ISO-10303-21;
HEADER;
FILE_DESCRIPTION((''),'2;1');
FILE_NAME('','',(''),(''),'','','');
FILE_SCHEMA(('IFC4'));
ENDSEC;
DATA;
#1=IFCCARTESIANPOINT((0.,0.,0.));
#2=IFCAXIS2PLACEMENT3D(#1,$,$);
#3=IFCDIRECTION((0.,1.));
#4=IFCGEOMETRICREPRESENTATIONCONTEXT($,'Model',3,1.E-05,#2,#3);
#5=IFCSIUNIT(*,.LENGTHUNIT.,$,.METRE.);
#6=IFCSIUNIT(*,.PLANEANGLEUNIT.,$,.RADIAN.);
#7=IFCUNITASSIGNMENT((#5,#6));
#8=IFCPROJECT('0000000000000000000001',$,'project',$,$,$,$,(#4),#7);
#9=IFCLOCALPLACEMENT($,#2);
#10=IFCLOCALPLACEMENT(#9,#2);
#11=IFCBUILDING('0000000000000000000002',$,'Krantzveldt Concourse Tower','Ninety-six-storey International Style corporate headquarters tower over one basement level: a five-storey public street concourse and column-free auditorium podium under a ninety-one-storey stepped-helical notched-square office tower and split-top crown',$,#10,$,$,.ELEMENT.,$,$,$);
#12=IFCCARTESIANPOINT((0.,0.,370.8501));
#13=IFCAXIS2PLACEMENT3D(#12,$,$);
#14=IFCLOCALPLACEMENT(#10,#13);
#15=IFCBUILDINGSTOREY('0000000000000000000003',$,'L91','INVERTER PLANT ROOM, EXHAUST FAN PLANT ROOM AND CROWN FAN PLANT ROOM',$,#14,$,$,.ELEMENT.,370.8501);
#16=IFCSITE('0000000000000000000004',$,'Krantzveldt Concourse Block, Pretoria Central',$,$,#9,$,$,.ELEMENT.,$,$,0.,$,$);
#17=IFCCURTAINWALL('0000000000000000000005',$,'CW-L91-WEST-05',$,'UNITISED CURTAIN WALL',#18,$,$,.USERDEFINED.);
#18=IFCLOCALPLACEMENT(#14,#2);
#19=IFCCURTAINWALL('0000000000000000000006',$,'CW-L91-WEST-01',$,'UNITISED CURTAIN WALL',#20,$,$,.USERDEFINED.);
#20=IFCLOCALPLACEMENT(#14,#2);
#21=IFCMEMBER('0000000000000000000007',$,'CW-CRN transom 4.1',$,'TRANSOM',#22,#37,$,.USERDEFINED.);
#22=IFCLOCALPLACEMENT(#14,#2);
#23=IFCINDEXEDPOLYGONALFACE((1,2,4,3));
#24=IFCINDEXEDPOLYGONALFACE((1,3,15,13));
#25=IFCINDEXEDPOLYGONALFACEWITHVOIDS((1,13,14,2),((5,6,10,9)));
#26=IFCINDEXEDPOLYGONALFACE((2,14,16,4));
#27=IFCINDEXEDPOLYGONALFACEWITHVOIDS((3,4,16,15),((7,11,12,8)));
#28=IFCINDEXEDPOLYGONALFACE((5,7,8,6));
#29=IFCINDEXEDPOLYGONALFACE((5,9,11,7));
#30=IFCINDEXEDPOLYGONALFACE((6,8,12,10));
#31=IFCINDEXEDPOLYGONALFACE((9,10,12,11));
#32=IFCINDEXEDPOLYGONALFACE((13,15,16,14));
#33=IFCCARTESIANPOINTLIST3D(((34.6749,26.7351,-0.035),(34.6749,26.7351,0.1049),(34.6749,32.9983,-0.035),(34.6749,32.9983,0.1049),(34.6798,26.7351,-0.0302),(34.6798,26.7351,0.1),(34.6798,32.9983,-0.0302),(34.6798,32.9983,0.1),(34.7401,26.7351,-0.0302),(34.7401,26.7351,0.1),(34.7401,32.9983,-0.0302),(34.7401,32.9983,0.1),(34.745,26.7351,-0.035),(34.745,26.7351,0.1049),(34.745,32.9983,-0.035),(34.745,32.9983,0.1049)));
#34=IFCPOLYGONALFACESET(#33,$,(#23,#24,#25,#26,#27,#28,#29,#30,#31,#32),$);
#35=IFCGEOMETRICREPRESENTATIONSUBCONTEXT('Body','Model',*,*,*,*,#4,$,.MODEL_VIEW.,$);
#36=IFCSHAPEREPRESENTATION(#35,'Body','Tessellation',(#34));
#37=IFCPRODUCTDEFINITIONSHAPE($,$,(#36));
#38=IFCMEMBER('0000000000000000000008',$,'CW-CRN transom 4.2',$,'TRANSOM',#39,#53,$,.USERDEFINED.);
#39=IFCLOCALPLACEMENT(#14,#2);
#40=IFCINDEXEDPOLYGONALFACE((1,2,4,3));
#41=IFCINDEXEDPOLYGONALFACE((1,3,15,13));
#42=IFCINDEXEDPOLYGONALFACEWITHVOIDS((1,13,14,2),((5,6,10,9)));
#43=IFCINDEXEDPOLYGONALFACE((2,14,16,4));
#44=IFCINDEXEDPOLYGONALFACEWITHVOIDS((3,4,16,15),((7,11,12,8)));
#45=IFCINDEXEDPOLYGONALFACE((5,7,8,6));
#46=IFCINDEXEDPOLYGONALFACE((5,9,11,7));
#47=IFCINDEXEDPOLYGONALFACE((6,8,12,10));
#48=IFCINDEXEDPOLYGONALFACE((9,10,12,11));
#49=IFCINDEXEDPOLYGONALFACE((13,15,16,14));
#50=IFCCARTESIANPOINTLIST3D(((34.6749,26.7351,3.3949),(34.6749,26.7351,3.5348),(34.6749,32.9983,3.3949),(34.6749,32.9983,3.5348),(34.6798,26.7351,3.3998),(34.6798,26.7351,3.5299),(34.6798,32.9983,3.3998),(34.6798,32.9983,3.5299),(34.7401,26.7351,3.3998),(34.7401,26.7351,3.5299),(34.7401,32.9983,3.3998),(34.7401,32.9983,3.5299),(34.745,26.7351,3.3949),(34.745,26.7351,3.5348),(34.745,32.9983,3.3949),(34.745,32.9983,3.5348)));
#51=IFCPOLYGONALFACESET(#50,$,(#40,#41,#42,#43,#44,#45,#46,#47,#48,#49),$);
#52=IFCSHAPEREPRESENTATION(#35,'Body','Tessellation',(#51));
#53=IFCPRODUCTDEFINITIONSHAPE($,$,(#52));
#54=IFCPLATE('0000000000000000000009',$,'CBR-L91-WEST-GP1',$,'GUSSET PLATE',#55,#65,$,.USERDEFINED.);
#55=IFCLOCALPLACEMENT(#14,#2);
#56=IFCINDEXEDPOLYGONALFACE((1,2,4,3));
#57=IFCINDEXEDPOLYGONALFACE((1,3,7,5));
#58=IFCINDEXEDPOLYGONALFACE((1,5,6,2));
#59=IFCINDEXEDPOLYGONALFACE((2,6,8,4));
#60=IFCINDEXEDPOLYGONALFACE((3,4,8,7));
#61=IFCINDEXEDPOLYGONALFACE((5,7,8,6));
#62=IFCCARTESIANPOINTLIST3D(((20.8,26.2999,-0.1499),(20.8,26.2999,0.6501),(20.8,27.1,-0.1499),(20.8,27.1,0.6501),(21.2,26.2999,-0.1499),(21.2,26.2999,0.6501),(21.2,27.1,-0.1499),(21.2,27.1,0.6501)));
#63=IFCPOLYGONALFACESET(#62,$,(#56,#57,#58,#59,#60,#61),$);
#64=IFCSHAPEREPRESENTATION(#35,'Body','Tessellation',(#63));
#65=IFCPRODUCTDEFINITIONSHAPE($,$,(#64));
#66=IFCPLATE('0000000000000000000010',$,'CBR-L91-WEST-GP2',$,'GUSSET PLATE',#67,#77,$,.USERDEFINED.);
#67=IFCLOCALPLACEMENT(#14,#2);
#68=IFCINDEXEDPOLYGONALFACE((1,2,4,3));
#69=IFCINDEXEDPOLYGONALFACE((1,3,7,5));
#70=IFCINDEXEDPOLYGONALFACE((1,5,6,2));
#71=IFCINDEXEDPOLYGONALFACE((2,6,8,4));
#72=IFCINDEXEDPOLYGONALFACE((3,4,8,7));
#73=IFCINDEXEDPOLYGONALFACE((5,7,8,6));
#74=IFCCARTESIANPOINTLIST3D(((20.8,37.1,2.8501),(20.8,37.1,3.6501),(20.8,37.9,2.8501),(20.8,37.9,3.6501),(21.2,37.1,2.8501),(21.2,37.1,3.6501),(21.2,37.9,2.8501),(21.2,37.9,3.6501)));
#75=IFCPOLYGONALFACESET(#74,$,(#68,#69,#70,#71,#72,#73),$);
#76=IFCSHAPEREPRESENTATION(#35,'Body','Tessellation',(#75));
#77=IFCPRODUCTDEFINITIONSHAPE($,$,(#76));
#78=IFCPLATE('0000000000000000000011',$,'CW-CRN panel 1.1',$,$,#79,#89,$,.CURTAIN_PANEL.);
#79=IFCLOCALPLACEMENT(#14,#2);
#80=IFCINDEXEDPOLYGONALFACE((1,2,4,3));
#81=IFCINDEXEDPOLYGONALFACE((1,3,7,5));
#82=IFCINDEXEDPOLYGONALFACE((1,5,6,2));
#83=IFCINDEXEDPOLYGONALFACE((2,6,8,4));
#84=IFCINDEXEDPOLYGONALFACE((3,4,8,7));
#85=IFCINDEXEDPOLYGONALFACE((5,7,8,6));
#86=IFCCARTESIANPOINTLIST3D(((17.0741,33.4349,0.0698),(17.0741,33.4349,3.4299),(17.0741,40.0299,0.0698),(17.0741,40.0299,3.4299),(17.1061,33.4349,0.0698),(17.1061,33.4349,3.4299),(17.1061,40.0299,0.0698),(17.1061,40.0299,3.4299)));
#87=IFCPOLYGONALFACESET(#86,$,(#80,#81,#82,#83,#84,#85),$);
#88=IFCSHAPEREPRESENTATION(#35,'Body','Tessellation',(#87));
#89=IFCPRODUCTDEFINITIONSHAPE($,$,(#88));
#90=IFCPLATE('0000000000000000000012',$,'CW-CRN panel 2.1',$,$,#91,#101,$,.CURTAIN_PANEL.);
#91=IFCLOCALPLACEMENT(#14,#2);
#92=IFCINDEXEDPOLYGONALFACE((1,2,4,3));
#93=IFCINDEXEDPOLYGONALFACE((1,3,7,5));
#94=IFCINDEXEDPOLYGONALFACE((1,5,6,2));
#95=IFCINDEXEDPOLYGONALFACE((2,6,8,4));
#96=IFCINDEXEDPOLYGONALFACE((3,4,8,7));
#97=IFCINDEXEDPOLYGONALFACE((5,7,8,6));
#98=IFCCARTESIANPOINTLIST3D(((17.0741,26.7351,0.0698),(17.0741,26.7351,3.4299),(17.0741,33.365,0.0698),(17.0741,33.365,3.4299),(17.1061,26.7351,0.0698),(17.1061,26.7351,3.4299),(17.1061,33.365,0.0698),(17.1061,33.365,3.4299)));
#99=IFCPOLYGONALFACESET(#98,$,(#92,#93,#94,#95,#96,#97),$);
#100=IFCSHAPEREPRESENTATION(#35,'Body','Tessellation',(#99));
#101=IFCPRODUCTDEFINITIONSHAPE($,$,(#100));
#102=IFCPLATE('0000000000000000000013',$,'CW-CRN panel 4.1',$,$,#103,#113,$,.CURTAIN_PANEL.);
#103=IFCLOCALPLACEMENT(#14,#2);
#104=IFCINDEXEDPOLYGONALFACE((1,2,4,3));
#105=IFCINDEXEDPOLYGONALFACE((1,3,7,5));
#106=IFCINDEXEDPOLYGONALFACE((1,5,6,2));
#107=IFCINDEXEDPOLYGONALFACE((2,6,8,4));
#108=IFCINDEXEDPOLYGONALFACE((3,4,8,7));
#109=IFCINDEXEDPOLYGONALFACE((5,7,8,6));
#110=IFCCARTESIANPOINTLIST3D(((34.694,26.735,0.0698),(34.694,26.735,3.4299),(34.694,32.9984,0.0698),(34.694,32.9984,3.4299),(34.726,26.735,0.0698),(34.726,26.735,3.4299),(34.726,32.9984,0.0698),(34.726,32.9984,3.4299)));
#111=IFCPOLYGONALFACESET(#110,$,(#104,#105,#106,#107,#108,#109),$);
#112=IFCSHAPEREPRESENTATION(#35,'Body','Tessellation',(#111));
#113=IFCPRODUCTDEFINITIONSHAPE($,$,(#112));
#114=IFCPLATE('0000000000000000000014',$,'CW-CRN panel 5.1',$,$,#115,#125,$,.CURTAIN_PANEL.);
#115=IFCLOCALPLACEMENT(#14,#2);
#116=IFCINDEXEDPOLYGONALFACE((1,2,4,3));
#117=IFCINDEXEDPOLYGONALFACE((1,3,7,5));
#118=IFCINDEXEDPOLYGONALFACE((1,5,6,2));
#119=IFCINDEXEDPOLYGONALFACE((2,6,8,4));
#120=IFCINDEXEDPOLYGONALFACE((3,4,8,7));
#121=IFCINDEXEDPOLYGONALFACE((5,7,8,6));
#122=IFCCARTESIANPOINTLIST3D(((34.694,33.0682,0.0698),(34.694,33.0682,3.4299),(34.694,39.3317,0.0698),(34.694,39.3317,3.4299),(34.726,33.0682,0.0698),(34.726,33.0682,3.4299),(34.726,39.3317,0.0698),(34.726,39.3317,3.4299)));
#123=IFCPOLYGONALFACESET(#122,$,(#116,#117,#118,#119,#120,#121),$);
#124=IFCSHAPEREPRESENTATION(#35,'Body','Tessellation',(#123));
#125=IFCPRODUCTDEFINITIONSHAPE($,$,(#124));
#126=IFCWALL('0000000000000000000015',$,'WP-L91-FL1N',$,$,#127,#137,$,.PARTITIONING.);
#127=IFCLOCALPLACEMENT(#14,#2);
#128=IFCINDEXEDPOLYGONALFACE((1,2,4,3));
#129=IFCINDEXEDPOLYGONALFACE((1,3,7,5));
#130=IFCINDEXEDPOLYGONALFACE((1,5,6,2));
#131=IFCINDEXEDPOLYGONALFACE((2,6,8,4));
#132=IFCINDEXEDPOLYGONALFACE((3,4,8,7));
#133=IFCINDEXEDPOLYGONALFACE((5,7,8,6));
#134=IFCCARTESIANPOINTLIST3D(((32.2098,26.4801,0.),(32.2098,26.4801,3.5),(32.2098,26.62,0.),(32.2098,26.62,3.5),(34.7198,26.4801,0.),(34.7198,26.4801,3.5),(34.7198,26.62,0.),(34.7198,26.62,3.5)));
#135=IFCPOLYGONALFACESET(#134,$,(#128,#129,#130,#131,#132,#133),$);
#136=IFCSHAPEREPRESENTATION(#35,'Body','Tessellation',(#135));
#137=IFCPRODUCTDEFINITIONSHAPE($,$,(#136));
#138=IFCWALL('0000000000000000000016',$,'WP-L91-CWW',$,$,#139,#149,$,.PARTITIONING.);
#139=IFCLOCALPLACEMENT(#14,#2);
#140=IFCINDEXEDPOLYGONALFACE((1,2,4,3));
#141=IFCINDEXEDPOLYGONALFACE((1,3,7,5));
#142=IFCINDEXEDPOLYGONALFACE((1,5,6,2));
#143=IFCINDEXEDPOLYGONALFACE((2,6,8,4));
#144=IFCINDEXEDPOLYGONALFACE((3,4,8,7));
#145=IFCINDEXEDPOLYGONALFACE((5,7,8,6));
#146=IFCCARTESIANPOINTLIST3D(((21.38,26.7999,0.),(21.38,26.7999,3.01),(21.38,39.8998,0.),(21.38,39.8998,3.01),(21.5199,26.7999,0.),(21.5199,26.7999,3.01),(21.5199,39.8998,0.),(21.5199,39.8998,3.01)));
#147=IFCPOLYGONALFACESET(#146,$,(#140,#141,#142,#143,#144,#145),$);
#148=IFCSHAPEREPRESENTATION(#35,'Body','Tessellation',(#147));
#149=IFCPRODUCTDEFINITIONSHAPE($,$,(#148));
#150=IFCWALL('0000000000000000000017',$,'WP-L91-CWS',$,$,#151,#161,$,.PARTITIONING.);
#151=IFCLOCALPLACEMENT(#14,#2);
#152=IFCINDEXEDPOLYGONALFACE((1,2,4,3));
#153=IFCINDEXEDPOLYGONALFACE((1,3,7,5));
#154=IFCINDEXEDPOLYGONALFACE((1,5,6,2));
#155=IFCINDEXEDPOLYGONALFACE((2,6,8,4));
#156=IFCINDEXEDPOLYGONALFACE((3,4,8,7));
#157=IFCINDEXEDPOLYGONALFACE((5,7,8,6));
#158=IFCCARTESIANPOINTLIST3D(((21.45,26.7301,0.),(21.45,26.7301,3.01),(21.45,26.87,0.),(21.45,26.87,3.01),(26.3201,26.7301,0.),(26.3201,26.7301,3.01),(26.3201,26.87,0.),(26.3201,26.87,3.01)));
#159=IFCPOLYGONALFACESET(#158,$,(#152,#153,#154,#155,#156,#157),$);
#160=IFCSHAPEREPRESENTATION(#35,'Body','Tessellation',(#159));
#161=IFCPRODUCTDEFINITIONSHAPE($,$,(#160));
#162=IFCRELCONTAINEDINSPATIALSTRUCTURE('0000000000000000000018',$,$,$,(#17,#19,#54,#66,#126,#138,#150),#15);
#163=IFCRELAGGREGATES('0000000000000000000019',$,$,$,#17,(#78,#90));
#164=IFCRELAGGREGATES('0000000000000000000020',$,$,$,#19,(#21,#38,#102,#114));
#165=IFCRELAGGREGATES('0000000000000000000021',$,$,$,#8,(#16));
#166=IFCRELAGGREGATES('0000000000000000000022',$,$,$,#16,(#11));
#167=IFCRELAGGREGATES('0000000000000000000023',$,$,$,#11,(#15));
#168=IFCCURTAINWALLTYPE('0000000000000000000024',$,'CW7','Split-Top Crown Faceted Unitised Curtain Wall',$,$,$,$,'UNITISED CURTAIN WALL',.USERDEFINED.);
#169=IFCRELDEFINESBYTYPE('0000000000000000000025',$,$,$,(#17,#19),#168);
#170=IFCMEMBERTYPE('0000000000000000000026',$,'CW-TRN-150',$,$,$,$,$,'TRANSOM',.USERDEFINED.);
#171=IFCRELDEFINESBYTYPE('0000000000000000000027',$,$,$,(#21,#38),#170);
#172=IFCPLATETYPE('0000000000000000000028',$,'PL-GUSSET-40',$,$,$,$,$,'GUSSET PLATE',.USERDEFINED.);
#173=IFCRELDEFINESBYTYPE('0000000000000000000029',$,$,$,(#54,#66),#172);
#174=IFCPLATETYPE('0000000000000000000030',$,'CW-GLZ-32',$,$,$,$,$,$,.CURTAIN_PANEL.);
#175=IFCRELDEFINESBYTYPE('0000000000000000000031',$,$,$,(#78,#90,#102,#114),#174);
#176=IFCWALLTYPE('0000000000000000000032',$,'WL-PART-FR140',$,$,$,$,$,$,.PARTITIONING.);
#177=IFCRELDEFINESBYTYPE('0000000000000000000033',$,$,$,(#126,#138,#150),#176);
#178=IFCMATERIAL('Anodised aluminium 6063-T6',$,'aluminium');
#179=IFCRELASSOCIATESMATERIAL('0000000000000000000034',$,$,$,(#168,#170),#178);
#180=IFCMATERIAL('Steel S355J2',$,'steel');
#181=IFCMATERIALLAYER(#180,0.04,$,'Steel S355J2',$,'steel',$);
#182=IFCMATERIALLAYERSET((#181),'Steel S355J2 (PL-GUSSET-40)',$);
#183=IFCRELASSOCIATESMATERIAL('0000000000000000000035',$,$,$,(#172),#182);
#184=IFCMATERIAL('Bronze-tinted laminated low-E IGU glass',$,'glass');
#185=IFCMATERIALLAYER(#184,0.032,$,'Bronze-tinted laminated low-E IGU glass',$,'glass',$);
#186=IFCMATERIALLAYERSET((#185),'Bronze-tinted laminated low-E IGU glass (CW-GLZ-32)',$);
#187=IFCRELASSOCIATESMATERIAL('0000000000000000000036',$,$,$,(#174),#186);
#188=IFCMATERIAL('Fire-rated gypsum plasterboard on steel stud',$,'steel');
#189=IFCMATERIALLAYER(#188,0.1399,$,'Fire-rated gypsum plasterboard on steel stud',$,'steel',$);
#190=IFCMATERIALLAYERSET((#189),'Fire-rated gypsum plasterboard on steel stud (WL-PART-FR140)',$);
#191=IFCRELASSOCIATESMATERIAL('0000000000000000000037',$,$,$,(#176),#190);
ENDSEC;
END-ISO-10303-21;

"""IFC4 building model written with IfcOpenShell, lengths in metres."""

from ifc_helpers import new_model, si_unit, direction, frame, frame_2d, origin, origin_2d, place, context, subcontext, project, spatial, rectangle, hollow_rectangle, extrude, source, transform, mapped, material, layer, layer_set, material_profile, profile_set, type_object, type_shapes, element, aggregate, save


model = new_model("IFC4")

# Units and contexts
model_context = context("Model", 3, precision=1e-05, world=origin(), true_north=direction((0.0, 1.0)))
body_context = subcontext(model_context, "Body", "Model", "MODEL_VIEW")
ifc_project = project(units=[si_unit("LENGTHUNIT", "METRE"), si_unit("PLANEANGLEUNIT", "RADIAN")], contexts=[model_context])

# Site, building, storey
site_placement = place(None, origin())
site = spatial("IfcSite", under=ifc_project, at=site_placement, Name="Krantzveldt Concourse Block, Pretoria Central", CompositionType="ELEMENT", RefElevation=0.0)
building_placement = place(site_placement, origin())
building = spatial("IfcBuilding", under=site, at=building_placement, Name="Krantzveldt Concourse Tower", Description="Ninety-six-storey International Style corporate headquarters tower over one basement level: a five-storey public street concourse and column-free auditorium podium under a ninety-one-storey stepped-helical notched-square office tower and split-top crown", CompositionType="ELEMENT")
storey_placement = place(building_placement, frame((0.0, 0.0, 370.8501)))
storey = spatial("IfcBuildingStorey", under=building, at=storey_placement, Name="L91", Description="INVERTER PLANT ROOM, EXHAUST FAN PLANT ROOM AND CROWN FAN PLANT ROOM", CompositionType="ELEMENT", Elevation=370.8501)

# Shared definitions
ifc_material_1 = material(Name="Steel S355J2", Category="steel")

# Curtain walls
ifc_material_2 = material(Name="Anodised aluminium 6063-T6", Category="aluminium")
curtain_wall_type = type_object("IfcCurtainWallType", Name="CW7", Description="Split-Top Crown Faceted Unitised Curtain Wall", ElementType="UNITISED CURTAIN WALL", PredefinedType="USERDEFINED", material=ifc_material_2)
curtain_wall_1_placement = place(storey_placement, origin())
curtain_wall_1 = element("IfcCurtainWall", 1, at=curtain_wall_1_placement, inside=storey, type_object=curtain_wall_type, Name="CW-L91-WEST-05", ObjectType="UNITISED CURTAIN WALL", PredefinedType="USERDEFINED")
ifc_material_profile_1 = material_profile(ifc_material_2, hollow_rectangle(XDim=0.0701, YDim=0.1399, WallThickness=0.0049, at=origin_2d()), Name="Anodised aluminium 6063-T6", Category="aluminium")
ifc_profile_set_1 = profile_set([ifc_material_profile_1], Name="Anodised aluminium 6063-T6 - ALU-TRAN 140x70x5")
member_type_1 = type_object("IfcMemberType", Name="CW-TRN-150", ElementType="TRANSOM", PredefinedType="USERDEFINED", material=ifc_profile_set_1)
curtain_wall_2_placement = place(storey_placement, origin())
curtain_wall_2 = element("IfcCurtainWall", 2, at=curtain_wall_2_placement, inside=storey, type_object=curtain_wall_type, Name="CW-L91-WEST-01", ObjectType="UNITISED CURTAIN WALL", PredefinedType="USERDEFINED")

# Members
shared_shape_1 = source(origin(), body_context, "Body", "SweptSolid", [
    extrude(hollow_rectangle(XDim=0.0701, YDim=0.1399, WallThickness=0.0049, at=origin_2d()), origin(), (0.0, 0.0, 1.0), 6.2632),
])
member_1_placement = place(storey_placement, frame((34.71, 26.7351, 0.0349), z_axis=(0.0, 1.0, 0.0), x_axis=(-1.0, 0.0, 0.0)))
member_1 = element("IfcMember", 3, at=member_1_placement, type_object=member_type_1, Name="CW-CRN transom 4.1", ObjectType="TRANSOM", PredefinedType="USERDEFINED", context=body_context, shape_type="MappedRepresentation", body=[
    mapped(shared_shape_1, transform((0.0, 0.0, 0.0), x_axis=(1.0, 0.0, 0.0), y_axis=(0.0, 1.0, 0.0), z_axis=(0.0, 0.0, 1.0), scale=1.0)),
])
member_2_placement = place(storey_placement, frame((34.71, 26.7351, 3.4648), z_axis=(0.0, 1.0, 0.0), x_axis=(-1.0, 0.0, 0.0)))
member_2 = element("IfcMember", 4, at=member_2_placement, type_object=member_type_1, Name="CW-CRN transom 4.2", ObjectType="TRANSOM", PredefinedType="USERDEFINED", context=body_context, shape_type="MappedRepresentation", body=[
    mapped(shared_shape_1, transform((0.0, 0.0, 0.0), x_axis=(1.0, 0.0, 0.0), y_axis=(0.0, 1.0, 0.0), z_axis=(0.0, 0.0, 1.0), scale=1.0)),
])

# Plates
ifc_layer_1 = layer(ifc_material_1, 0.04, Name="Steel S355J2", Category="steel")
ifc_layer_set_1 = layer_set([ifc_layer_1], Name="Steel S355J2 (PL-GUSSET-40)")
plate_type_1 = type_object("IfcPlateType", Name="PL-GUSSET-40", ElementType="GUSSET PLATE", PredefinedType="USERDEFINED", material=ifc_layer_set_1)
shared_shape_2 = source(origin(), body_context, "Body", "SweptSolid", [
    extrude(rectangle(XDim=0.3999, YDim=0.8, at=origin_2d()), origin(), (0.0, 0.0, 1.0), 0.8),
])
type_shapes(plate_type_1, [shared_shape_2])
for number, where, z_axis, x_axis, name in (
    (5, (21.0, 26.7, -0.1499), (0.0, 0.0, 1.0), (1.0, 0.0, 0.0), "CBR-L91-WEST-GP1"),
    (6, (21.0, 37.5, 2.8501), (0.0, 0.0, 1.0), (1.0, 0.0, 0.0), "CBR-L91-WEST-GP2"),
):
    element("IfcPlate", number, at=place(storey_placement, frame(where, z_axis=z_axis, x_axis=x_axis)), inside=storey, type_object=plate_type_1, Name=name, ObjectType="GUSSET PLATE", PredefinedType="USERDEFINED", context=body_context, shape_type="MappedRepresentation", body=[
        mapped(shared_shape_2, transform((0.0, 0.0, 0.0), x_axis=(1.0, 0.0, 0.0), y_axis=(0.0, 1.0, 0.0), z_axis=(0.0, 0.0, 1.0), scale=1.0)),
    ])

# Plates
ifc_material_3 = material(Name="Bronze-tinted laminated low-E IGU glass", Category="glass")
ifc_layer_2 = layer(ifc_material_3, 0.032, Name="Bronze-tinted laminated low-E IGU glass", Category="glass")
ifc_layer_set_2 = layer_set([ifc_layer_2], Name="Bronze-tinted laminated low-E IGU glass (CW-GLZ-32)")
plate_type_2 = type_object("IfcPlateType", Name="CW-GLZ-32", PredefinedType="CURTAIN_PANEL", material=ifc_layer_set_2)
shared_shape_3 = source(origin(), body_context, "Body", "SweptSolid", [
    extrude(rectangle(XDim=6.595, YDim=0.032, at=origin_2d()), origin(), (0.0, 0.0, 1.0), 3.3601),
])
plate_1_placement = place(storey_placement, frame((17.0901, 36.7324, 0.0698), z_axis=(0.0, 0.0, 1.0), x_axis=(0.0, -1.0, 0.0)))
plate_1 = element("IfcPlate", 7, at=plate_1_placement, type_object=plate_type_2, Name="CW-CRN panel 1.1", PredefinedType="CURTAIN_PANEL", context=body_context, shape_type="MappedRepresentation", body=[
    mapped(shared_shape_3, transform((0.0, 0.0, 0.0), x_axis=(1.0, 0.0, 0.0), y_axis=(0.0, 1.0, 0.0), z_axis=(0.0, 0.0, 1.0), scale=1.0)),
])
shared_shape_4 = source(origin(), body_context, "Body", "SweptSolid", [
    extrude(rectangle(XDim=6.6299, YDim=0.032, at=origin_2d()), origin(), (0.0, 0.0, 1.0), 3.3601),
])
plate_2_placement = place(storey_placement, frame((17.0901, 30.05, 0.0698), z_axis=(0.0, 0.0, 1.0), x_axis=(0.0, -1.0, 0.0)))
plate_2 = element("IfcPlate", 8, at=plate_2_placement, type_object=plate_type_2, Name="CW-CRN panel 2.1", PredefinedType="CURTAIN_PANEL", context=body_context, shape_type="MappedRepresentation", body=[
    mapped(shared_shape_4, transform((0.0, 0.0, 0.0), x_axis=(1.0, 0.0, 0.0), y_axis=(0.0, 1.0, 0.0), z_axis=(0.0, 0.0, 1.0), scale=1.0)),
])
aggregate(curtain_wall_1, [plate_1, plate_2])
shared_shape_5 = source(origin(), body_context, "Body", "SweptSolid", [
    extrude(rectangle(XDim=6.2634, YDim=0.032, at=origin_2d()), origin(), (0.0, 0.0, 1.0), 3.3601),
])
type_shapes(plate_type_2, [shared_shape_3, shared_shape_4, shared_shape_5])
plate_3_placement = place(storey_placement, frame((34.71, 29.8667, 0.0698), z_axis=(0.0, 0.0, 1.0), x_axis=(0.0, 1.0, 0.0)))
plate_3 = element("IfcPlate", 9, at=plate_3_placement, type_object=plate_type_2, Name="CW-CRN panel 4.1", PredefinedType="CURTAIN_PANEL", context=body_context, shape_type="MappedRepresentation", body=[
    mapped(shared_shape_5, transform((0.0, 0.0, 0.0), x_axis=(1.0, 0.0, 0.0), y_axis=(0.0, 1.0, 0.0), z_axis=(0.0, 0.0, 1.0), scale=1.0)),
])
plate_4_placement = place(storey_placement, frame((34.71, 36.2, 0.0698), z_axis=(0.0, 0.0, 1.0), x_axis=(0.0, 1.0, 0.0)))
plate_4 = element("IfcPlate", 10, at=plate_4_placement, type_object=plate_type_2, Name="CW-CRN panel 5.1", PredefinedType="CURTAIN_PANEL", context=body_context, shape_type="MappedRepresentation", body=[
    mapped(shared_shape_5, transform((0.0, 0.0, 0.0), x_axis=(1.0, 0.0, 0.0), y_axis=(0.0, 1.0, 0.0), z_axis=(0.0, 0.0, 1.0), scale=1.0)),
])
aggregate(curtain_wall_2, [member_1, member_2, plate_3, plate_4])

# Walls
ifc_material_4 = material(Name="Fire-rated gypsum plasterboard on steel stud", Category="steel")
ifc_layer_3 = layer(ifc_material_4, 0.1399, Name="Fire-rated gypsum plasterboard on steel stud", Category="steel")
ifc_layer_set_3 = layer_set([ifc_layer_3], Name="Fire-rated gypsum plasterboard on steel stud (WL-PART-FR140)")
wall_type_1 = type_object("IfcWallType", Name="WL-PART-FR140", PredefinedType="PARTITIONING", material=ifc_layer_set_3)
wall_1_placement = place(storey_placement, frame((32.21, 26.55, 0.0), z_axis=(0.0, 0.0, 1.0), x_axis=(1.0, 0.0, 0.0)))
element("IfcWall", 11, at=wall_1_placement, inside=storey, type_object=wall_type_1, Name="WP-L91-FL1N", PredefinedType="PARTITIONING", context=body_context, shape_type="SweptSolid", body=[
    extrude(rectangle(XDim=2.51, YDim=0.1399, at=frame_2d((1.2549, 0.0))), origin(), (0.0, 0.0, 1.0), 3.5),
])
wall_2_placement = place(storey_placement, frame((21.45, 26.8, 0.0), z_axis=(0.0, 0.0, 1.0), x_axis=(0.0, 1.0, 0.0)))
element("IfcWall", 12, at=wall_2_placement, inside=storey, type_object=wall_type_1, Name="WP-L91-CWW", PredefinedType="PARTITIONING", context=body_context, shape_type="SweptSolid", body=[
    extrude(rectangle(XDim=13.0999, YDim=0.1399, at=frame_2d((6.5498, 0.0))), origin(), (0.0, 0.0, 1.0), 3.01),
])
wall_3_placement = place(storey_placement, frame((21.45, 26.8, 0.0), z_axis=(0.0, 0.0, 1.0), x_axis=(1.0, 0.0, 0.0)))
element("IfcWall", 13, at=wall_3_placement, inside=storey, type_object=wall_type_1, Name="WP-L91-CWS", PredefinedType="PARTITIONING", context=body_context, shape_type="SweptSolid", body=[
    extrude(rectangle(XDim=4.8701, YDim=0.1399, at=frame_2d((2.4351, 0.0))), origin(), (0.0, 0.0, 1.0), 3.01),
])

save(model, "model.ifc")
